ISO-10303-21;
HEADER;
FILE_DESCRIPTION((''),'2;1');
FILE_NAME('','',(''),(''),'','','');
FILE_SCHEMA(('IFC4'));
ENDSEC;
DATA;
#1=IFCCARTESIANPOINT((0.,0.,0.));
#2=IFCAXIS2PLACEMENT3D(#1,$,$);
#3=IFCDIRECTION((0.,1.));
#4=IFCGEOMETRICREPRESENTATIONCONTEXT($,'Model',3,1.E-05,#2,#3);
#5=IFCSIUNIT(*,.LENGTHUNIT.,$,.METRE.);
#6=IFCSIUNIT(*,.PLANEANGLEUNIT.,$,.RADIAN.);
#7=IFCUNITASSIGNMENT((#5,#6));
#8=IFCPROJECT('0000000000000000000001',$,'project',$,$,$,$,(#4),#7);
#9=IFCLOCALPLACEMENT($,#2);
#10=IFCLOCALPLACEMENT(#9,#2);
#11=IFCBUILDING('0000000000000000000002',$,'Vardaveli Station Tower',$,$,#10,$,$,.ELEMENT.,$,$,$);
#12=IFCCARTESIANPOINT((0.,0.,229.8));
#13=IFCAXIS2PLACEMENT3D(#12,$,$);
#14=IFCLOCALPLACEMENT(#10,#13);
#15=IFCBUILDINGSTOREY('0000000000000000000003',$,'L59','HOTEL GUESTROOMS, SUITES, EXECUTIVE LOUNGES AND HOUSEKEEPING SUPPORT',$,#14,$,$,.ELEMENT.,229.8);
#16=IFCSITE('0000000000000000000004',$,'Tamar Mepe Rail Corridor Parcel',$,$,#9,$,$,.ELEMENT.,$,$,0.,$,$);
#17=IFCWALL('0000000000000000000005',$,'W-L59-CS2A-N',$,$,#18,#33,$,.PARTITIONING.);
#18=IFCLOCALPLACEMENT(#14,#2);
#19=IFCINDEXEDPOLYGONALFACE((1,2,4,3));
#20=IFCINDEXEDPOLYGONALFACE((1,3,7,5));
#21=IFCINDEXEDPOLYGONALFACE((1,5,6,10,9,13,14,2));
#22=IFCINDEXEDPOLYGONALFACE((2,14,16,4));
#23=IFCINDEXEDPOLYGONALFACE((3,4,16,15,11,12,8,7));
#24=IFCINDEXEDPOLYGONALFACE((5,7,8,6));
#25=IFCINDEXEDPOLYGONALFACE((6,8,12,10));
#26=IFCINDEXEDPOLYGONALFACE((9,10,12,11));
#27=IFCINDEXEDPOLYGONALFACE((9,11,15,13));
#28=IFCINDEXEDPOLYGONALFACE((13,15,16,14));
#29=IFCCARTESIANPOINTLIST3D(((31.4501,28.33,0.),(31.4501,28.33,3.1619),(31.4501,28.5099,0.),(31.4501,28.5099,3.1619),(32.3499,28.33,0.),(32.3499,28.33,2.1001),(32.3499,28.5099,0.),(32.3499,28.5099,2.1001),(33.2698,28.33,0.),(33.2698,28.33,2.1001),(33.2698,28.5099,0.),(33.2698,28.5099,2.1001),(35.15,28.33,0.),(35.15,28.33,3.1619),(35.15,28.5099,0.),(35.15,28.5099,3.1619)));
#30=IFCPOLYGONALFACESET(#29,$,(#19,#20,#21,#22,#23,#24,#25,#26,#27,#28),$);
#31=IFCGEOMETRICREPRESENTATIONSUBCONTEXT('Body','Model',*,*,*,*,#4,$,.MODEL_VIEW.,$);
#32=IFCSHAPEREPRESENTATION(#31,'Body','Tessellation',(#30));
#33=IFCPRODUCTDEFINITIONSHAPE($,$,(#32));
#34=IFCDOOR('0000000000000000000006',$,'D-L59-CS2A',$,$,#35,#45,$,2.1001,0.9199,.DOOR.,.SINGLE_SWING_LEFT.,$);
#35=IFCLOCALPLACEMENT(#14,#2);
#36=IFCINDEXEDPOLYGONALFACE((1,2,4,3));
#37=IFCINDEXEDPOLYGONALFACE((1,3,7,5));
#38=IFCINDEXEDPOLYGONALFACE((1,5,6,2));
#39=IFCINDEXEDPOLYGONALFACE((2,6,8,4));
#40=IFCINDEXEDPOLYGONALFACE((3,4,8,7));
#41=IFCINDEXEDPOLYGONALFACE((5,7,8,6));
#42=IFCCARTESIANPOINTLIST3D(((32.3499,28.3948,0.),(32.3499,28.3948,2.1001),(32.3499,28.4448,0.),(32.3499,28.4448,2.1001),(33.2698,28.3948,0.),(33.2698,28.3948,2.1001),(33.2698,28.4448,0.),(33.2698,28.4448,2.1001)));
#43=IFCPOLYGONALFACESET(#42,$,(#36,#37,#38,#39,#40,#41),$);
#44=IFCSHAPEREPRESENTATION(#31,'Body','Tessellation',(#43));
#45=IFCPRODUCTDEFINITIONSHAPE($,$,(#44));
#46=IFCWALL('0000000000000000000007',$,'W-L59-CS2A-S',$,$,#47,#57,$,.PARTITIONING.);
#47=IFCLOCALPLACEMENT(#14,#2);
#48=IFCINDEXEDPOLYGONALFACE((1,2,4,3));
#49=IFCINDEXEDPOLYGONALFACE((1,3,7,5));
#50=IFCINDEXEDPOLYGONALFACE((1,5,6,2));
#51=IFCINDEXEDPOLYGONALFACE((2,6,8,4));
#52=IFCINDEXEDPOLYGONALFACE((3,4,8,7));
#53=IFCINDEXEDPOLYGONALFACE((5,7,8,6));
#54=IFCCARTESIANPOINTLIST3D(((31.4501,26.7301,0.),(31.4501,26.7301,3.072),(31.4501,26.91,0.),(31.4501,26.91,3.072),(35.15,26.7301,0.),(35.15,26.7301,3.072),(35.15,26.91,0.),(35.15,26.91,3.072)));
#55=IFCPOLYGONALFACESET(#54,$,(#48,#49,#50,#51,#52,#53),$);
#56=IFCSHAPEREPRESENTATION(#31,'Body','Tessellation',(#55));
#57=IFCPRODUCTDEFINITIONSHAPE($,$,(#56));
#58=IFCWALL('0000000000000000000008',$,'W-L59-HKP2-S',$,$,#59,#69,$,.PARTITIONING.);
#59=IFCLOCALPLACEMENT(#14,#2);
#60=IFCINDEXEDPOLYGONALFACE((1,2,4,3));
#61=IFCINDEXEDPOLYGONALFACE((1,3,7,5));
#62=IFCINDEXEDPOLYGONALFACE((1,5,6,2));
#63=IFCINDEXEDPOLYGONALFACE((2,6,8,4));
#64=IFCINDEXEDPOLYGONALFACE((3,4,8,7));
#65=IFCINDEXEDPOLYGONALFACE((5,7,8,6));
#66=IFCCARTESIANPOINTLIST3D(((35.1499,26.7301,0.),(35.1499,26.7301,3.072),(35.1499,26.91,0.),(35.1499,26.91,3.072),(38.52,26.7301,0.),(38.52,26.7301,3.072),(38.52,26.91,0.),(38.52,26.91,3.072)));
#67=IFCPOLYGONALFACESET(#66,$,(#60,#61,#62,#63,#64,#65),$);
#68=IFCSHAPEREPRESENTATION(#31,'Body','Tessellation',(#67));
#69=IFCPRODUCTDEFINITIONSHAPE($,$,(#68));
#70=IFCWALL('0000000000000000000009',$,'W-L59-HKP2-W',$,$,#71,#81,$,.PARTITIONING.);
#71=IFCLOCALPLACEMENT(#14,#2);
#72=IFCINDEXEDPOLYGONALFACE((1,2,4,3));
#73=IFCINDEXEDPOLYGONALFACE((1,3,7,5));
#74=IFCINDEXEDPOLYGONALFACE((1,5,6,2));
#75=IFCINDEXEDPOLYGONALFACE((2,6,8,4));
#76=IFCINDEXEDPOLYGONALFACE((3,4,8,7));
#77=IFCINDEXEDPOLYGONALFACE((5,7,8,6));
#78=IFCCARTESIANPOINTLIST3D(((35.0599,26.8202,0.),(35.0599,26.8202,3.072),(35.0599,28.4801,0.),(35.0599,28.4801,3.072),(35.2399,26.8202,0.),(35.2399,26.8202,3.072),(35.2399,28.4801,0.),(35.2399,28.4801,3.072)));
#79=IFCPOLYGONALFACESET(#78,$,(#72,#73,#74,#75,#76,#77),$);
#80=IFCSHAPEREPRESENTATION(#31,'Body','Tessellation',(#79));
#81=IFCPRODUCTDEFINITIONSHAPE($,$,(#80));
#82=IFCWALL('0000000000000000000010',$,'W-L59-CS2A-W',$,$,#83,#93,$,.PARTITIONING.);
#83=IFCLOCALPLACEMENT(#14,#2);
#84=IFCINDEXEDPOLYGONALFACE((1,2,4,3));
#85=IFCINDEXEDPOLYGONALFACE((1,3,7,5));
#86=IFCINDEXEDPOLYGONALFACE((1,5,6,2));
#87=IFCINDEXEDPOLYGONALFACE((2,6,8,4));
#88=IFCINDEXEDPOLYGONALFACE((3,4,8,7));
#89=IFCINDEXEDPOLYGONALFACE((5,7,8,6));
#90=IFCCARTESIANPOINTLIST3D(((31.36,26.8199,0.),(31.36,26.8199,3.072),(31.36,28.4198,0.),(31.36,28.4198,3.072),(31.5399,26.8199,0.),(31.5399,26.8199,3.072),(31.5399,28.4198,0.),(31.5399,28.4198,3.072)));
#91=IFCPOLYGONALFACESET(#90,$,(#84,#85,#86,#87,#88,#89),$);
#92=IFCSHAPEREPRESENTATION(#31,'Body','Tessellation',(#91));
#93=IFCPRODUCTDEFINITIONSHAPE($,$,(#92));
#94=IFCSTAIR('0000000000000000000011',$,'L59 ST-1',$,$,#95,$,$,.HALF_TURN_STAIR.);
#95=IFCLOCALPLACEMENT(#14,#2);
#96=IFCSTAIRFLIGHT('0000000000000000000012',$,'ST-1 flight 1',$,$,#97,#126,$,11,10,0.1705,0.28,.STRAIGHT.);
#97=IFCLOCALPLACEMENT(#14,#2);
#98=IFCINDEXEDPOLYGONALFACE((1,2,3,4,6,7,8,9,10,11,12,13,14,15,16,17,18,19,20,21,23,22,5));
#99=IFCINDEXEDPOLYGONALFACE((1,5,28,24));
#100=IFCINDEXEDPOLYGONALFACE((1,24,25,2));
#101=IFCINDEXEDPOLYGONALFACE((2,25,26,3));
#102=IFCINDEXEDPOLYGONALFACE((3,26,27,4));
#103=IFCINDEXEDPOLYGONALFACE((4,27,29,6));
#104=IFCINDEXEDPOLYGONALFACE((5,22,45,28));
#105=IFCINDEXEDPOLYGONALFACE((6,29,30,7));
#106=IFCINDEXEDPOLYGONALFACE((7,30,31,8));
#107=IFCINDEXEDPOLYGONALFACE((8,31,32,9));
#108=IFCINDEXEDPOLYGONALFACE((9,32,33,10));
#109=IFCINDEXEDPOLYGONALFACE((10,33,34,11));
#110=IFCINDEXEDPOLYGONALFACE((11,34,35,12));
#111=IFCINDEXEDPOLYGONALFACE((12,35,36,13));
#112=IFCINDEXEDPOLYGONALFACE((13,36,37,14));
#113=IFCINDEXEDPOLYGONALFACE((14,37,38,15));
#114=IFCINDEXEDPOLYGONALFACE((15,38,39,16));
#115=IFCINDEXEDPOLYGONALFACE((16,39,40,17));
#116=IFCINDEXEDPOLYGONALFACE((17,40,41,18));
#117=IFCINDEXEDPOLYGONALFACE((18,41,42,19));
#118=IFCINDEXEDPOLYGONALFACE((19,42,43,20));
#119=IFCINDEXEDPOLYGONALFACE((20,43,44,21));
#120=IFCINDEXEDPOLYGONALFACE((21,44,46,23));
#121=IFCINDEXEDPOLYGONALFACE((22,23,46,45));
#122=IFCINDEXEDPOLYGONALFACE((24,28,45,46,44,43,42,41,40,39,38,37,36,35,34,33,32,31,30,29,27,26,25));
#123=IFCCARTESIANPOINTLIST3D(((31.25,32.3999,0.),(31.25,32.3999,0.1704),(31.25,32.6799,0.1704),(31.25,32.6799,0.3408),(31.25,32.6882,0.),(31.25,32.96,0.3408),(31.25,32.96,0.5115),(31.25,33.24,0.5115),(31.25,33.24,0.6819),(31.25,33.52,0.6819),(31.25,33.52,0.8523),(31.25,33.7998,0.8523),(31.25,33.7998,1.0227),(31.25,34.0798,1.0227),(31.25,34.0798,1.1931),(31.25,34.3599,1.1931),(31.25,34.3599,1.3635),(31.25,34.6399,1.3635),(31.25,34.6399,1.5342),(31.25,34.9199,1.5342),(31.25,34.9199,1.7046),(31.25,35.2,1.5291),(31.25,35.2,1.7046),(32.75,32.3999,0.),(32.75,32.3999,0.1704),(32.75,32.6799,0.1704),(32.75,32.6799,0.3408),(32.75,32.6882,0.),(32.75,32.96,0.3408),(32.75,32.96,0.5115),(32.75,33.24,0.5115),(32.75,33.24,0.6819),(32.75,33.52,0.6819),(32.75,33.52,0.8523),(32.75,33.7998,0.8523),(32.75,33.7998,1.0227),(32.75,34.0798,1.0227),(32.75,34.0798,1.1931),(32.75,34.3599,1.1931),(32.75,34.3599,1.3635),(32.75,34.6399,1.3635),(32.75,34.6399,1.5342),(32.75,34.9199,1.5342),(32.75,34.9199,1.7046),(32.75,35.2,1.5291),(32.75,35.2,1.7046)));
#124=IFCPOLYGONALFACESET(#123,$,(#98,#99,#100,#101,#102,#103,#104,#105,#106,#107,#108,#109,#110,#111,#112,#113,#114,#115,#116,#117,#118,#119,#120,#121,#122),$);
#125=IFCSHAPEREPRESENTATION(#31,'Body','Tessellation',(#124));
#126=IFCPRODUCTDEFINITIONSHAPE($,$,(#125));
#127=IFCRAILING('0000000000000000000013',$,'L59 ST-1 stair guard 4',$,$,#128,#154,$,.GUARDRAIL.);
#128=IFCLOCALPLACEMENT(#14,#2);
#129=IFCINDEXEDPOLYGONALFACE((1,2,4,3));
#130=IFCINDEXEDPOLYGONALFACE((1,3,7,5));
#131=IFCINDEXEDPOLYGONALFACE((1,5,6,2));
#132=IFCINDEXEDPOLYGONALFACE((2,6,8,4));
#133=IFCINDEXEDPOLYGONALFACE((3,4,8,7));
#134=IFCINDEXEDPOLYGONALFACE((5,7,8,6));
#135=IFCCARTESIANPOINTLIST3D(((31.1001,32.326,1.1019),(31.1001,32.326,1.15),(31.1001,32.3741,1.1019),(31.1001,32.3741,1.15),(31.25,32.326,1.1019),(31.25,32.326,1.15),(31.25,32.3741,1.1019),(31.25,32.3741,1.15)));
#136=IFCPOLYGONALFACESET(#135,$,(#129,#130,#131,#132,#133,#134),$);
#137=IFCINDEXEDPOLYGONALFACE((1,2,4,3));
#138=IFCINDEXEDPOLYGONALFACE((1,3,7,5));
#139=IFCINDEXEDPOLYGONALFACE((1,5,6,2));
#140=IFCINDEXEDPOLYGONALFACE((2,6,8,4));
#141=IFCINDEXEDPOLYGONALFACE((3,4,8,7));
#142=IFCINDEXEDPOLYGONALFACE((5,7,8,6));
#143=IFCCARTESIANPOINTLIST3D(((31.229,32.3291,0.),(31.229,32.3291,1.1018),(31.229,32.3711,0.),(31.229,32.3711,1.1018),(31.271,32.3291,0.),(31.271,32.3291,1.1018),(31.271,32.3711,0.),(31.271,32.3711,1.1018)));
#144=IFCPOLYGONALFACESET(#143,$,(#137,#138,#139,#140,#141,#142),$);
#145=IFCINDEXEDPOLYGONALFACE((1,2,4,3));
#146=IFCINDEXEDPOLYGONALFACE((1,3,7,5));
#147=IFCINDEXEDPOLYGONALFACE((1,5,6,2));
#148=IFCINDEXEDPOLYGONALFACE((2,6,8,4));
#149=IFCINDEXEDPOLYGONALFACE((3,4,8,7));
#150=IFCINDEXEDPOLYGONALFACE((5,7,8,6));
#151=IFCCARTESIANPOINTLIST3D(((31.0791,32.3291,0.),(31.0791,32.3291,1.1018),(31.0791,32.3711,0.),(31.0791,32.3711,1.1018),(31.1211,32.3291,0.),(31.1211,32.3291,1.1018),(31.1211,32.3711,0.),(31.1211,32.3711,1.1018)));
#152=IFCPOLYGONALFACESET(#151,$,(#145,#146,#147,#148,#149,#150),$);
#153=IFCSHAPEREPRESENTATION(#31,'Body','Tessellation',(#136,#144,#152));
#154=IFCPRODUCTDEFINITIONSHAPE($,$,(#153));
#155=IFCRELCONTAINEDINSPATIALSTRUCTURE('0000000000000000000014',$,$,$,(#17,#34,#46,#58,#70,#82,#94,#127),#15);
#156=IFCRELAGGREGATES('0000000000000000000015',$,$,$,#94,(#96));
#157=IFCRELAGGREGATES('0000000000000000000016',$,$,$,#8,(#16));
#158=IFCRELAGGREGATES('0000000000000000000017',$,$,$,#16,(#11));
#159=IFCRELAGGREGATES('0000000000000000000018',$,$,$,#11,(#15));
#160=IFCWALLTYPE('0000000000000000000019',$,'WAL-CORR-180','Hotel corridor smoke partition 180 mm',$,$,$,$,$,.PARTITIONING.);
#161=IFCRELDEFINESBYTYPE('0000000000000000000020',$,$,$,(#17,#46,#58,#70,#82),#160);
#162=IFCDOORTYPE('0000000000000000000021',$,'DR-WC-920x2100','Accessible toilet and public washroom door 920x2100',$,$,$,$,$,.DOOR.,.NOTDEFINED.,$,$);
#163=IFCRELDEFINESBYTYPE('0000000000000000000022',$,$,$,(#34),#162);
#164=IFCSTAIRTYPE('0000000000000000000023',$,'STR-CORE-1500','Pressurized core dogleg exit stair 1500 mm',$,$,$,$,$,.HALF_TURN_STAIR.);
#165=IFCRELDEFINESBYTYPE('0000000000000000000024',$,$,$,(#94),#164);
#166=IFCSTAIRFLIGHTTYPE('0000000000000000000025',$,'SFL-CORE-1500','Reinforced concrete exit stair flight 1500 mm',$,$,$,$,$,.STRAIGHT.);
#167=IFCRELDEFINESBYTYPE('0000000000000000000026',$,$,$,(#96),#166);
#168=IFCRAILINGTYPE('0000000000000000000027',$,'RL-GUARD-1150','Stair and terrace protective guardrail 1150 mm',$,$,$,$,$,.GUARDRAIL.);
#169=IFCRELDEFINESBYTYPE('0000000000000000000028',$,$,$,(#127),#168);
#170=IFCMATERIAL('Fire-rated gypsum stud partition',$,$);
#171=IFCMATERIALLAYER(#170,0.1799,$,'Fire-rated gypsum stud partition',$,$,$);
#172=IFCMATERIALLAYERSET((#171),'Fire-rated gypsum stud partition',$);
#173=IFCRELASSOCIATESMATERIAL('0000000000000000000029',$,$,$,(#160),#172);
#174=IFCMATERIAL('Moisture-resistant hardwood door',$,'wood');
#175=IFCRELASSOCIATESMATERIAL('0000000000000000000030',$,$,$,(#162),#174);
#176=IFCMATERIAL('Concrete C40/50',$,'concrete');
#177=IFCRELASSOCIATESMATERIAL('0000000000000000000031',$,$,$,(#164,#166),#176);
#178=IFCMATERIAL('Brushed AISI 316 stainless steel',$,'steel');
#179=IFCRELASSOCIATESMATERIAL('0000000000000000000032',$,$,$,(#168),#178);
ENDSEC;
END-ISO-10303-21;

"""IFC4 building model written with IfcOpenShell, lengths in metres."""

from ifc_helpers import new_model, si_unit, direction, frame, frame_2d, origin, origin_2d, place, context, subcontext, project, spatial, polyline, rectangle, outline, extrude, source, transform, mapped, material, layer, layer_set, type_object, element, fill, aggregate, save


model = new_model("IFC4")

# Units and contexts
model_context = context("Model", 3, precision=1e-05, world=origin(), true_north=direction((0.0, 1.0)))
body_context = subcontext(model_context, "Body", "Model", "MODEL_VIEW")
ifc_project = project(units=[si_unit("LENGTHUNIT", "METRE"), si_unit("PLANEANGLEUNIT", "RADIAN")], contexts=[model_context])

# Site, building, storey
site_placement = place(None, origin())
site = spatial("IfcSite", under=ifc_project, at=site_placement, Name="Tamar Mepe Rail Corridor Parcel", CompositionType="ELEMENT", RefElevation=0.0)
building_placement = place(site_placement, origin())
building = spatial("IfcBuilding", under=site, at=building_placement, Name="Vardaveli Station Tower", CompositionType="ELEMENT")
storey_placement = place(building_placement, frame((0.0, 0.0, 229.8)))
storey = spatial("IfcBuildingStorey", under=building, at=storey_placement, Name="L59", Description="HOTEL GUESTROOMS, SUITES, EXECUTIVE LOUNGES AND HOUSEKEEPING SUPPORT", CompositionType="ELEMENT", Elevation=229.8)

# Shared definitions
ifc_material_1 = material(Name="Concrete C40/50", Category="concrete")

# Shared definitions
ifc_material_2 = material(Name="Fire-rated gypsum stud partition")
ifc_layer_1 = layer(ifc_material_2, 0.1799, Name="Fire-rated gypsum stud partition")
ifc_layer_set_1 = layer_set([ifc_layer_1], Name="Fire-rated gypsum stud partition")
wall_type_1 = type_object("IfcWallType", Name="WAL-CORR-180", Description="Hotel corridor smoke partition 180 mm", PredefinedType="PARTITIONING", material=ifc_layer_set_1)

# Wall, opening, door
shared_shape_1 = source(origin(), body_context, "Body", "SweptSolid", [
    extrude(rectangle(XDim=3.7, YDim=0.1799, at=frame_2d((1.8501, 0.0))), origin(), (0.0, 0.0, 1.0), 3.1619),
])
wall_1_placement = place(storey_placement, frame((31.45, 28.4199, 0.0), z_axis=(0.0, 0.0, 1.0), x_axis=(1.0, 0.0, 0.0)))
wall_1 = element("IfcWall", 1, at=wall_1_placement, inside=storey, type_object=wall_type_1, Name="W-L59-CS2A-N", PredefinedType="PARTITIONING", context=body_context, shape_type="MappedRepresentation", body=[
    mapped(shared_shape_1, transform((0.0, 0.0, 0.0), scale=1.0)),
])
shared_shape_2 = source(origin(), body_context, "Body", "SweptSolid", [
    extrude(rectangle(XDim=0.9199, YDim=2.1001, at=frame_2d((0.46, 1.05))), frame((0.0, 0.1001, 0.0), z_axis=(0.0, -1.0, 0.0), x_axis=(1.0, 0.0, 0.0)), (0.0, 0.0, 1.0), 0.2),
])
opening_1_placement = place(wall_1_placement, frame((0.8999, 0.0, 0.0)))
opening_1 = element("IfcOpeningElement", 2, at=opening_1_placement, cuts=wall_1, PredefinedType="OPENING", context=body_context, shape_type="MappedRepresentation", body=[
    mapped(shared_shape_2, transform((0.0, 0.0, 0.0), scale=1.0)),
])
ifc_material_3 = material(Name="Moisture-resistant hardwood door", Category="wood")
door_type_1 = type_object("IfcDoorType", Name="DR-WC-920x2100", Description="Accessible toilet and public washroom door 920x2100", OperationType="NOTDEFINED", PredefinedType="DOOR", material=ifc_material_3)
shared_shape_3 = source(origin(), body_context, "Body", "SweptSolid", [
    extrude(rectangle(XDim=0.9199, YDim=2.1001, at=frame_2d((0.46, 1.05))), frame((0.0, 0.0249, 0.0), z_axis=(0.0, -1.0, 0.0), x_axis=(1.0, 0.0, 0.0)), (0.0, 0.0, 1.0), 0.05),
])
door_1_placement = place(opening_1_placement, origin())
door_1 = element("IfcDoor", 3, at=door_1_placement, inside=storey, type_object=door_type_1, Name="D-L59-CS2A", OperationType="SINGLE_SWING_LEFT", OverallHeight=2.1001, OverallWidth=0.9199, PredefinedType="DOOR", context=body_context, shape_type="MappedRepresentation", body=[
    mapped(shared_shape_3, transform((0.0, 0.0, 0.0), scale=1.0)),
])
fill(opening_1, door_1)

# Walls
shared_shape_4 = source(origin(), body_context, "Body", "SweptSolid", [
    extrude(rectangle(XDim=3.7, YDim=0.1799, at=frame_2d((1.8501, 0.0))), origin(), (0.0, 0.0, 1.0), 3.072),
])
wall_2_placement = place(storey_placement, frame((31.45, 26.8201, 0.0), z_axis=(0.0, 0.0, 1.0), x_axis=(1.0, 0.0, 0.0)))
element("IfcWall", 4, at=wall_2_placement, inside=storey, type_object=wall_type_1, Name="W-L59-CS2A-S", PredefinedType="PARTITIONING", context=body_context, shape_type="MappedRepresentation", body=[
    mapped(shared_shape_4, transform((0.0, 0.0, 0.0), scale=1.0)),
])
shared_shape_5 = source(origin(), body_context, "Body", "SweptSolid", [
    extrude(rectangle(XDim=3.3701, YDim=0.1799, at=frame_2d((1.6851, 0.0))), origin(), (0.0, 0.0, 1.0), 3.072),
])
wall_3_placement = place(storey_placement, frame((35.1499, 26.8201, 0.0), z_axis=(0.0, 0.0, 1.0), x_axis=(1.0, 0.0, 0.0)))
element("IfcWall", 5, at=wall_3_placement, inside=storey, type_object=wall_type_1, Name="W-L59-HKP2-S", PredefinedType="PARTITIONING", context=body_context, shape_type="MappedRepresentation", body=[
    mapped(shared_shape_5, transform((0.0, 0.0, 0.0), scale=1.0)),
])
shared_shape_6 = source(origin(), body_context, "Body", "SweptSolid", [
    extrude(rectangle(XDim=1.6599, YDim=0.1799, at=frame_2d((0.8301, 0.0))), origin(), (0.0, 0.0, 1.0), 3.072),
])
wall_4_placement = place(storey_placement, frame((35.1499, 26.8201, 0.0), z_axis=(0.0, 0.0, 1.0), x_axis=(0.0, 1.0, 0.0)))
element("IfcWall", 6, at=wall_4_placement, inside=storey, type_object=wall_type_1, Name="W-L59-HKP2-W", PredefinedType="PARTITIONING", context=body_context, shape_type="MappedRepresentation", body=[
    mapped(shared_shape_6, transform((0.0, 0.0, 0.0), scale=1.0)),
])
shared_shape_7 = source(origin(), body_context, "Body", "SweptSolid", [
    extrude(rectangle(XDim=1.5999, YDim=0.1799, at=frame_2d((0.7998, 0.0))), origin(), (0.0, 0.0, 1.0), 3.072),
])
wall_5_placement = place(storey_placement, frame((31.45, 26.8201, 0.0), z_axis=(0.0, 0.0, 1.0), x_axis=(0.0, 1.0, 0.0)))
element("IfcWall", 7, at=wall_5_placement, inside=storey, type_object=wall_type_1, Name="W-L59-CS2A-W", PredefinedType="PARTITIONING", context=body_context, shape_type="MappedRepresentation", body=[
    mapped(shared_shape_7, transform((0.0, 0.0, 0.0), scale=1.0)),
])

# Stair, stair flight
stair_type = type_object("IfcStairType", Name="STR-CORE-1500", Description="Pressurized core dogleg exit stair 1500 mm", PredefinedType="HALF_TURN_STAIR", material=ifc_material_1)
stair_placement = place(storey_placement, origin())
stair = element("IfcStair", 8, at=stair_placement, inside=storey, type_object=stair_type, Name="L59 ST-1", PredefinedType="HALF_TURN_STAIR")
stair_flight_type = type_object("IfcStairFlightType", Name="SFL-CORE-1500", Description="Reinforced concrete exit stair flight 1500 mm", PredefinedType="STRAIGHT", material=ifc_material_1)
shared_shape_8 = source(origin(), body_context, "Body", "SweptSolid", [
    extrude(outline(polyline([(0.0, 0.0), (0.0, 0.1704), (0.28, 0.1704), (0.28, 0.3408), (0.5601, 0.3408), (0.5601, 0.5115), (0.8401, 0.5115), (0.8401, 0.6819), (1.1201, 0.6819), (1.1201, 0.8523), (1.3999, 0.8523), (1.3999, 1.0227), (1.6799, 1.0227), (1.6799, 1.1931), (1.96, 1.1931), (1.96, 1.3635), (2.24, 1.3635), (2.24, 1.5342), (2.52, 1.5342), (2.52, 1.7046), (2.8, 1.7046), (2.8, 1.875), (2.8, 1.5291), (0.2883, 0.0), (0.0, 0.0)])), frame((0.0, 0.75, 0.0), z_axis=(0.0, -1.0, 0.0), x_axis=(1.0, 0.0, 0.0)), (0.0, 0.0, 1.0), 1.5),
])
stair_flight_placement = place(storey_placement, frame((32.0, 32.3999, 0.0), z_axis=(0.0, 0.0, 1.0), x_axis=(0.0, 1.0, 0.0)))
stair_flight = element("IfcStairFlight", 9, at=stair_flight_placement, type_object=stair_flight_type, Name="ST-1 flight 1", NumberOfRisers=11, NumberOfTreads=10, PredefinedType="STRAIGHT", RiserHeight=0.1705, TreadLength=0.28, context=body_context, shape_type="MappedRepresentation", body=[
    mapped(shared_shape_8, transform((0.0, 0.0, 0.0), scale=1.0)),
])
aggregate(stair, [stair_flight])

# Railing
ifc_material_4 = material(Name="Brushed AISI 316 stainless steel", Category="steel")
railing_type_1 = type_object("IfcRailingType", Name="RL-GUARD-1150", Description="Stair and terrace protective guardrail 1150 mm", PredefinedType="GUARDRAIL", material=ifc_material_4)
shared_shape_9 = source(origin(), body_context, "Body", "SweptSolid", [
    extrude(rectangle(XDim=0.0481, YDim=0.0481, at=origin_2d()), frame((0.0, 0.0, 1.126), z_axis=(-1.0, 0.0, 0.0), x_axis=(0.0, -1.0, 0.0)), (0.0, 0.0, 1.0), 0.1499),
    extrude(rectangle(XDim=0.042, YDim=0.042, at=origin_2d()), origin(), (0.0, 0.0, 1.0), 1.1018),
    extrude(rectangle(XDim=0.042, YDim=0.042, at=origin_2d()), frame((-0.1499, 0.0, 0.0)), (0.0, 0.0, 1.0), 1.1018),
])
railing_1_placement = place(storey_placement, frame((31.25, 32.3501, 0.0)))
element("IfcRailing", 10, at=railing_1_placement, inside=storey, type_object=railing_type_1, Name="L59 ST-1 stair guard 4", PredefinedType="GUARDRAIL", context=body_context, shape_type="MappedRepresentation", body=[
    mapped(shared_shape_9, transform((0.0, 0.0, 0.0), scale=1.0)),
])

save(model, "model.ifc")
